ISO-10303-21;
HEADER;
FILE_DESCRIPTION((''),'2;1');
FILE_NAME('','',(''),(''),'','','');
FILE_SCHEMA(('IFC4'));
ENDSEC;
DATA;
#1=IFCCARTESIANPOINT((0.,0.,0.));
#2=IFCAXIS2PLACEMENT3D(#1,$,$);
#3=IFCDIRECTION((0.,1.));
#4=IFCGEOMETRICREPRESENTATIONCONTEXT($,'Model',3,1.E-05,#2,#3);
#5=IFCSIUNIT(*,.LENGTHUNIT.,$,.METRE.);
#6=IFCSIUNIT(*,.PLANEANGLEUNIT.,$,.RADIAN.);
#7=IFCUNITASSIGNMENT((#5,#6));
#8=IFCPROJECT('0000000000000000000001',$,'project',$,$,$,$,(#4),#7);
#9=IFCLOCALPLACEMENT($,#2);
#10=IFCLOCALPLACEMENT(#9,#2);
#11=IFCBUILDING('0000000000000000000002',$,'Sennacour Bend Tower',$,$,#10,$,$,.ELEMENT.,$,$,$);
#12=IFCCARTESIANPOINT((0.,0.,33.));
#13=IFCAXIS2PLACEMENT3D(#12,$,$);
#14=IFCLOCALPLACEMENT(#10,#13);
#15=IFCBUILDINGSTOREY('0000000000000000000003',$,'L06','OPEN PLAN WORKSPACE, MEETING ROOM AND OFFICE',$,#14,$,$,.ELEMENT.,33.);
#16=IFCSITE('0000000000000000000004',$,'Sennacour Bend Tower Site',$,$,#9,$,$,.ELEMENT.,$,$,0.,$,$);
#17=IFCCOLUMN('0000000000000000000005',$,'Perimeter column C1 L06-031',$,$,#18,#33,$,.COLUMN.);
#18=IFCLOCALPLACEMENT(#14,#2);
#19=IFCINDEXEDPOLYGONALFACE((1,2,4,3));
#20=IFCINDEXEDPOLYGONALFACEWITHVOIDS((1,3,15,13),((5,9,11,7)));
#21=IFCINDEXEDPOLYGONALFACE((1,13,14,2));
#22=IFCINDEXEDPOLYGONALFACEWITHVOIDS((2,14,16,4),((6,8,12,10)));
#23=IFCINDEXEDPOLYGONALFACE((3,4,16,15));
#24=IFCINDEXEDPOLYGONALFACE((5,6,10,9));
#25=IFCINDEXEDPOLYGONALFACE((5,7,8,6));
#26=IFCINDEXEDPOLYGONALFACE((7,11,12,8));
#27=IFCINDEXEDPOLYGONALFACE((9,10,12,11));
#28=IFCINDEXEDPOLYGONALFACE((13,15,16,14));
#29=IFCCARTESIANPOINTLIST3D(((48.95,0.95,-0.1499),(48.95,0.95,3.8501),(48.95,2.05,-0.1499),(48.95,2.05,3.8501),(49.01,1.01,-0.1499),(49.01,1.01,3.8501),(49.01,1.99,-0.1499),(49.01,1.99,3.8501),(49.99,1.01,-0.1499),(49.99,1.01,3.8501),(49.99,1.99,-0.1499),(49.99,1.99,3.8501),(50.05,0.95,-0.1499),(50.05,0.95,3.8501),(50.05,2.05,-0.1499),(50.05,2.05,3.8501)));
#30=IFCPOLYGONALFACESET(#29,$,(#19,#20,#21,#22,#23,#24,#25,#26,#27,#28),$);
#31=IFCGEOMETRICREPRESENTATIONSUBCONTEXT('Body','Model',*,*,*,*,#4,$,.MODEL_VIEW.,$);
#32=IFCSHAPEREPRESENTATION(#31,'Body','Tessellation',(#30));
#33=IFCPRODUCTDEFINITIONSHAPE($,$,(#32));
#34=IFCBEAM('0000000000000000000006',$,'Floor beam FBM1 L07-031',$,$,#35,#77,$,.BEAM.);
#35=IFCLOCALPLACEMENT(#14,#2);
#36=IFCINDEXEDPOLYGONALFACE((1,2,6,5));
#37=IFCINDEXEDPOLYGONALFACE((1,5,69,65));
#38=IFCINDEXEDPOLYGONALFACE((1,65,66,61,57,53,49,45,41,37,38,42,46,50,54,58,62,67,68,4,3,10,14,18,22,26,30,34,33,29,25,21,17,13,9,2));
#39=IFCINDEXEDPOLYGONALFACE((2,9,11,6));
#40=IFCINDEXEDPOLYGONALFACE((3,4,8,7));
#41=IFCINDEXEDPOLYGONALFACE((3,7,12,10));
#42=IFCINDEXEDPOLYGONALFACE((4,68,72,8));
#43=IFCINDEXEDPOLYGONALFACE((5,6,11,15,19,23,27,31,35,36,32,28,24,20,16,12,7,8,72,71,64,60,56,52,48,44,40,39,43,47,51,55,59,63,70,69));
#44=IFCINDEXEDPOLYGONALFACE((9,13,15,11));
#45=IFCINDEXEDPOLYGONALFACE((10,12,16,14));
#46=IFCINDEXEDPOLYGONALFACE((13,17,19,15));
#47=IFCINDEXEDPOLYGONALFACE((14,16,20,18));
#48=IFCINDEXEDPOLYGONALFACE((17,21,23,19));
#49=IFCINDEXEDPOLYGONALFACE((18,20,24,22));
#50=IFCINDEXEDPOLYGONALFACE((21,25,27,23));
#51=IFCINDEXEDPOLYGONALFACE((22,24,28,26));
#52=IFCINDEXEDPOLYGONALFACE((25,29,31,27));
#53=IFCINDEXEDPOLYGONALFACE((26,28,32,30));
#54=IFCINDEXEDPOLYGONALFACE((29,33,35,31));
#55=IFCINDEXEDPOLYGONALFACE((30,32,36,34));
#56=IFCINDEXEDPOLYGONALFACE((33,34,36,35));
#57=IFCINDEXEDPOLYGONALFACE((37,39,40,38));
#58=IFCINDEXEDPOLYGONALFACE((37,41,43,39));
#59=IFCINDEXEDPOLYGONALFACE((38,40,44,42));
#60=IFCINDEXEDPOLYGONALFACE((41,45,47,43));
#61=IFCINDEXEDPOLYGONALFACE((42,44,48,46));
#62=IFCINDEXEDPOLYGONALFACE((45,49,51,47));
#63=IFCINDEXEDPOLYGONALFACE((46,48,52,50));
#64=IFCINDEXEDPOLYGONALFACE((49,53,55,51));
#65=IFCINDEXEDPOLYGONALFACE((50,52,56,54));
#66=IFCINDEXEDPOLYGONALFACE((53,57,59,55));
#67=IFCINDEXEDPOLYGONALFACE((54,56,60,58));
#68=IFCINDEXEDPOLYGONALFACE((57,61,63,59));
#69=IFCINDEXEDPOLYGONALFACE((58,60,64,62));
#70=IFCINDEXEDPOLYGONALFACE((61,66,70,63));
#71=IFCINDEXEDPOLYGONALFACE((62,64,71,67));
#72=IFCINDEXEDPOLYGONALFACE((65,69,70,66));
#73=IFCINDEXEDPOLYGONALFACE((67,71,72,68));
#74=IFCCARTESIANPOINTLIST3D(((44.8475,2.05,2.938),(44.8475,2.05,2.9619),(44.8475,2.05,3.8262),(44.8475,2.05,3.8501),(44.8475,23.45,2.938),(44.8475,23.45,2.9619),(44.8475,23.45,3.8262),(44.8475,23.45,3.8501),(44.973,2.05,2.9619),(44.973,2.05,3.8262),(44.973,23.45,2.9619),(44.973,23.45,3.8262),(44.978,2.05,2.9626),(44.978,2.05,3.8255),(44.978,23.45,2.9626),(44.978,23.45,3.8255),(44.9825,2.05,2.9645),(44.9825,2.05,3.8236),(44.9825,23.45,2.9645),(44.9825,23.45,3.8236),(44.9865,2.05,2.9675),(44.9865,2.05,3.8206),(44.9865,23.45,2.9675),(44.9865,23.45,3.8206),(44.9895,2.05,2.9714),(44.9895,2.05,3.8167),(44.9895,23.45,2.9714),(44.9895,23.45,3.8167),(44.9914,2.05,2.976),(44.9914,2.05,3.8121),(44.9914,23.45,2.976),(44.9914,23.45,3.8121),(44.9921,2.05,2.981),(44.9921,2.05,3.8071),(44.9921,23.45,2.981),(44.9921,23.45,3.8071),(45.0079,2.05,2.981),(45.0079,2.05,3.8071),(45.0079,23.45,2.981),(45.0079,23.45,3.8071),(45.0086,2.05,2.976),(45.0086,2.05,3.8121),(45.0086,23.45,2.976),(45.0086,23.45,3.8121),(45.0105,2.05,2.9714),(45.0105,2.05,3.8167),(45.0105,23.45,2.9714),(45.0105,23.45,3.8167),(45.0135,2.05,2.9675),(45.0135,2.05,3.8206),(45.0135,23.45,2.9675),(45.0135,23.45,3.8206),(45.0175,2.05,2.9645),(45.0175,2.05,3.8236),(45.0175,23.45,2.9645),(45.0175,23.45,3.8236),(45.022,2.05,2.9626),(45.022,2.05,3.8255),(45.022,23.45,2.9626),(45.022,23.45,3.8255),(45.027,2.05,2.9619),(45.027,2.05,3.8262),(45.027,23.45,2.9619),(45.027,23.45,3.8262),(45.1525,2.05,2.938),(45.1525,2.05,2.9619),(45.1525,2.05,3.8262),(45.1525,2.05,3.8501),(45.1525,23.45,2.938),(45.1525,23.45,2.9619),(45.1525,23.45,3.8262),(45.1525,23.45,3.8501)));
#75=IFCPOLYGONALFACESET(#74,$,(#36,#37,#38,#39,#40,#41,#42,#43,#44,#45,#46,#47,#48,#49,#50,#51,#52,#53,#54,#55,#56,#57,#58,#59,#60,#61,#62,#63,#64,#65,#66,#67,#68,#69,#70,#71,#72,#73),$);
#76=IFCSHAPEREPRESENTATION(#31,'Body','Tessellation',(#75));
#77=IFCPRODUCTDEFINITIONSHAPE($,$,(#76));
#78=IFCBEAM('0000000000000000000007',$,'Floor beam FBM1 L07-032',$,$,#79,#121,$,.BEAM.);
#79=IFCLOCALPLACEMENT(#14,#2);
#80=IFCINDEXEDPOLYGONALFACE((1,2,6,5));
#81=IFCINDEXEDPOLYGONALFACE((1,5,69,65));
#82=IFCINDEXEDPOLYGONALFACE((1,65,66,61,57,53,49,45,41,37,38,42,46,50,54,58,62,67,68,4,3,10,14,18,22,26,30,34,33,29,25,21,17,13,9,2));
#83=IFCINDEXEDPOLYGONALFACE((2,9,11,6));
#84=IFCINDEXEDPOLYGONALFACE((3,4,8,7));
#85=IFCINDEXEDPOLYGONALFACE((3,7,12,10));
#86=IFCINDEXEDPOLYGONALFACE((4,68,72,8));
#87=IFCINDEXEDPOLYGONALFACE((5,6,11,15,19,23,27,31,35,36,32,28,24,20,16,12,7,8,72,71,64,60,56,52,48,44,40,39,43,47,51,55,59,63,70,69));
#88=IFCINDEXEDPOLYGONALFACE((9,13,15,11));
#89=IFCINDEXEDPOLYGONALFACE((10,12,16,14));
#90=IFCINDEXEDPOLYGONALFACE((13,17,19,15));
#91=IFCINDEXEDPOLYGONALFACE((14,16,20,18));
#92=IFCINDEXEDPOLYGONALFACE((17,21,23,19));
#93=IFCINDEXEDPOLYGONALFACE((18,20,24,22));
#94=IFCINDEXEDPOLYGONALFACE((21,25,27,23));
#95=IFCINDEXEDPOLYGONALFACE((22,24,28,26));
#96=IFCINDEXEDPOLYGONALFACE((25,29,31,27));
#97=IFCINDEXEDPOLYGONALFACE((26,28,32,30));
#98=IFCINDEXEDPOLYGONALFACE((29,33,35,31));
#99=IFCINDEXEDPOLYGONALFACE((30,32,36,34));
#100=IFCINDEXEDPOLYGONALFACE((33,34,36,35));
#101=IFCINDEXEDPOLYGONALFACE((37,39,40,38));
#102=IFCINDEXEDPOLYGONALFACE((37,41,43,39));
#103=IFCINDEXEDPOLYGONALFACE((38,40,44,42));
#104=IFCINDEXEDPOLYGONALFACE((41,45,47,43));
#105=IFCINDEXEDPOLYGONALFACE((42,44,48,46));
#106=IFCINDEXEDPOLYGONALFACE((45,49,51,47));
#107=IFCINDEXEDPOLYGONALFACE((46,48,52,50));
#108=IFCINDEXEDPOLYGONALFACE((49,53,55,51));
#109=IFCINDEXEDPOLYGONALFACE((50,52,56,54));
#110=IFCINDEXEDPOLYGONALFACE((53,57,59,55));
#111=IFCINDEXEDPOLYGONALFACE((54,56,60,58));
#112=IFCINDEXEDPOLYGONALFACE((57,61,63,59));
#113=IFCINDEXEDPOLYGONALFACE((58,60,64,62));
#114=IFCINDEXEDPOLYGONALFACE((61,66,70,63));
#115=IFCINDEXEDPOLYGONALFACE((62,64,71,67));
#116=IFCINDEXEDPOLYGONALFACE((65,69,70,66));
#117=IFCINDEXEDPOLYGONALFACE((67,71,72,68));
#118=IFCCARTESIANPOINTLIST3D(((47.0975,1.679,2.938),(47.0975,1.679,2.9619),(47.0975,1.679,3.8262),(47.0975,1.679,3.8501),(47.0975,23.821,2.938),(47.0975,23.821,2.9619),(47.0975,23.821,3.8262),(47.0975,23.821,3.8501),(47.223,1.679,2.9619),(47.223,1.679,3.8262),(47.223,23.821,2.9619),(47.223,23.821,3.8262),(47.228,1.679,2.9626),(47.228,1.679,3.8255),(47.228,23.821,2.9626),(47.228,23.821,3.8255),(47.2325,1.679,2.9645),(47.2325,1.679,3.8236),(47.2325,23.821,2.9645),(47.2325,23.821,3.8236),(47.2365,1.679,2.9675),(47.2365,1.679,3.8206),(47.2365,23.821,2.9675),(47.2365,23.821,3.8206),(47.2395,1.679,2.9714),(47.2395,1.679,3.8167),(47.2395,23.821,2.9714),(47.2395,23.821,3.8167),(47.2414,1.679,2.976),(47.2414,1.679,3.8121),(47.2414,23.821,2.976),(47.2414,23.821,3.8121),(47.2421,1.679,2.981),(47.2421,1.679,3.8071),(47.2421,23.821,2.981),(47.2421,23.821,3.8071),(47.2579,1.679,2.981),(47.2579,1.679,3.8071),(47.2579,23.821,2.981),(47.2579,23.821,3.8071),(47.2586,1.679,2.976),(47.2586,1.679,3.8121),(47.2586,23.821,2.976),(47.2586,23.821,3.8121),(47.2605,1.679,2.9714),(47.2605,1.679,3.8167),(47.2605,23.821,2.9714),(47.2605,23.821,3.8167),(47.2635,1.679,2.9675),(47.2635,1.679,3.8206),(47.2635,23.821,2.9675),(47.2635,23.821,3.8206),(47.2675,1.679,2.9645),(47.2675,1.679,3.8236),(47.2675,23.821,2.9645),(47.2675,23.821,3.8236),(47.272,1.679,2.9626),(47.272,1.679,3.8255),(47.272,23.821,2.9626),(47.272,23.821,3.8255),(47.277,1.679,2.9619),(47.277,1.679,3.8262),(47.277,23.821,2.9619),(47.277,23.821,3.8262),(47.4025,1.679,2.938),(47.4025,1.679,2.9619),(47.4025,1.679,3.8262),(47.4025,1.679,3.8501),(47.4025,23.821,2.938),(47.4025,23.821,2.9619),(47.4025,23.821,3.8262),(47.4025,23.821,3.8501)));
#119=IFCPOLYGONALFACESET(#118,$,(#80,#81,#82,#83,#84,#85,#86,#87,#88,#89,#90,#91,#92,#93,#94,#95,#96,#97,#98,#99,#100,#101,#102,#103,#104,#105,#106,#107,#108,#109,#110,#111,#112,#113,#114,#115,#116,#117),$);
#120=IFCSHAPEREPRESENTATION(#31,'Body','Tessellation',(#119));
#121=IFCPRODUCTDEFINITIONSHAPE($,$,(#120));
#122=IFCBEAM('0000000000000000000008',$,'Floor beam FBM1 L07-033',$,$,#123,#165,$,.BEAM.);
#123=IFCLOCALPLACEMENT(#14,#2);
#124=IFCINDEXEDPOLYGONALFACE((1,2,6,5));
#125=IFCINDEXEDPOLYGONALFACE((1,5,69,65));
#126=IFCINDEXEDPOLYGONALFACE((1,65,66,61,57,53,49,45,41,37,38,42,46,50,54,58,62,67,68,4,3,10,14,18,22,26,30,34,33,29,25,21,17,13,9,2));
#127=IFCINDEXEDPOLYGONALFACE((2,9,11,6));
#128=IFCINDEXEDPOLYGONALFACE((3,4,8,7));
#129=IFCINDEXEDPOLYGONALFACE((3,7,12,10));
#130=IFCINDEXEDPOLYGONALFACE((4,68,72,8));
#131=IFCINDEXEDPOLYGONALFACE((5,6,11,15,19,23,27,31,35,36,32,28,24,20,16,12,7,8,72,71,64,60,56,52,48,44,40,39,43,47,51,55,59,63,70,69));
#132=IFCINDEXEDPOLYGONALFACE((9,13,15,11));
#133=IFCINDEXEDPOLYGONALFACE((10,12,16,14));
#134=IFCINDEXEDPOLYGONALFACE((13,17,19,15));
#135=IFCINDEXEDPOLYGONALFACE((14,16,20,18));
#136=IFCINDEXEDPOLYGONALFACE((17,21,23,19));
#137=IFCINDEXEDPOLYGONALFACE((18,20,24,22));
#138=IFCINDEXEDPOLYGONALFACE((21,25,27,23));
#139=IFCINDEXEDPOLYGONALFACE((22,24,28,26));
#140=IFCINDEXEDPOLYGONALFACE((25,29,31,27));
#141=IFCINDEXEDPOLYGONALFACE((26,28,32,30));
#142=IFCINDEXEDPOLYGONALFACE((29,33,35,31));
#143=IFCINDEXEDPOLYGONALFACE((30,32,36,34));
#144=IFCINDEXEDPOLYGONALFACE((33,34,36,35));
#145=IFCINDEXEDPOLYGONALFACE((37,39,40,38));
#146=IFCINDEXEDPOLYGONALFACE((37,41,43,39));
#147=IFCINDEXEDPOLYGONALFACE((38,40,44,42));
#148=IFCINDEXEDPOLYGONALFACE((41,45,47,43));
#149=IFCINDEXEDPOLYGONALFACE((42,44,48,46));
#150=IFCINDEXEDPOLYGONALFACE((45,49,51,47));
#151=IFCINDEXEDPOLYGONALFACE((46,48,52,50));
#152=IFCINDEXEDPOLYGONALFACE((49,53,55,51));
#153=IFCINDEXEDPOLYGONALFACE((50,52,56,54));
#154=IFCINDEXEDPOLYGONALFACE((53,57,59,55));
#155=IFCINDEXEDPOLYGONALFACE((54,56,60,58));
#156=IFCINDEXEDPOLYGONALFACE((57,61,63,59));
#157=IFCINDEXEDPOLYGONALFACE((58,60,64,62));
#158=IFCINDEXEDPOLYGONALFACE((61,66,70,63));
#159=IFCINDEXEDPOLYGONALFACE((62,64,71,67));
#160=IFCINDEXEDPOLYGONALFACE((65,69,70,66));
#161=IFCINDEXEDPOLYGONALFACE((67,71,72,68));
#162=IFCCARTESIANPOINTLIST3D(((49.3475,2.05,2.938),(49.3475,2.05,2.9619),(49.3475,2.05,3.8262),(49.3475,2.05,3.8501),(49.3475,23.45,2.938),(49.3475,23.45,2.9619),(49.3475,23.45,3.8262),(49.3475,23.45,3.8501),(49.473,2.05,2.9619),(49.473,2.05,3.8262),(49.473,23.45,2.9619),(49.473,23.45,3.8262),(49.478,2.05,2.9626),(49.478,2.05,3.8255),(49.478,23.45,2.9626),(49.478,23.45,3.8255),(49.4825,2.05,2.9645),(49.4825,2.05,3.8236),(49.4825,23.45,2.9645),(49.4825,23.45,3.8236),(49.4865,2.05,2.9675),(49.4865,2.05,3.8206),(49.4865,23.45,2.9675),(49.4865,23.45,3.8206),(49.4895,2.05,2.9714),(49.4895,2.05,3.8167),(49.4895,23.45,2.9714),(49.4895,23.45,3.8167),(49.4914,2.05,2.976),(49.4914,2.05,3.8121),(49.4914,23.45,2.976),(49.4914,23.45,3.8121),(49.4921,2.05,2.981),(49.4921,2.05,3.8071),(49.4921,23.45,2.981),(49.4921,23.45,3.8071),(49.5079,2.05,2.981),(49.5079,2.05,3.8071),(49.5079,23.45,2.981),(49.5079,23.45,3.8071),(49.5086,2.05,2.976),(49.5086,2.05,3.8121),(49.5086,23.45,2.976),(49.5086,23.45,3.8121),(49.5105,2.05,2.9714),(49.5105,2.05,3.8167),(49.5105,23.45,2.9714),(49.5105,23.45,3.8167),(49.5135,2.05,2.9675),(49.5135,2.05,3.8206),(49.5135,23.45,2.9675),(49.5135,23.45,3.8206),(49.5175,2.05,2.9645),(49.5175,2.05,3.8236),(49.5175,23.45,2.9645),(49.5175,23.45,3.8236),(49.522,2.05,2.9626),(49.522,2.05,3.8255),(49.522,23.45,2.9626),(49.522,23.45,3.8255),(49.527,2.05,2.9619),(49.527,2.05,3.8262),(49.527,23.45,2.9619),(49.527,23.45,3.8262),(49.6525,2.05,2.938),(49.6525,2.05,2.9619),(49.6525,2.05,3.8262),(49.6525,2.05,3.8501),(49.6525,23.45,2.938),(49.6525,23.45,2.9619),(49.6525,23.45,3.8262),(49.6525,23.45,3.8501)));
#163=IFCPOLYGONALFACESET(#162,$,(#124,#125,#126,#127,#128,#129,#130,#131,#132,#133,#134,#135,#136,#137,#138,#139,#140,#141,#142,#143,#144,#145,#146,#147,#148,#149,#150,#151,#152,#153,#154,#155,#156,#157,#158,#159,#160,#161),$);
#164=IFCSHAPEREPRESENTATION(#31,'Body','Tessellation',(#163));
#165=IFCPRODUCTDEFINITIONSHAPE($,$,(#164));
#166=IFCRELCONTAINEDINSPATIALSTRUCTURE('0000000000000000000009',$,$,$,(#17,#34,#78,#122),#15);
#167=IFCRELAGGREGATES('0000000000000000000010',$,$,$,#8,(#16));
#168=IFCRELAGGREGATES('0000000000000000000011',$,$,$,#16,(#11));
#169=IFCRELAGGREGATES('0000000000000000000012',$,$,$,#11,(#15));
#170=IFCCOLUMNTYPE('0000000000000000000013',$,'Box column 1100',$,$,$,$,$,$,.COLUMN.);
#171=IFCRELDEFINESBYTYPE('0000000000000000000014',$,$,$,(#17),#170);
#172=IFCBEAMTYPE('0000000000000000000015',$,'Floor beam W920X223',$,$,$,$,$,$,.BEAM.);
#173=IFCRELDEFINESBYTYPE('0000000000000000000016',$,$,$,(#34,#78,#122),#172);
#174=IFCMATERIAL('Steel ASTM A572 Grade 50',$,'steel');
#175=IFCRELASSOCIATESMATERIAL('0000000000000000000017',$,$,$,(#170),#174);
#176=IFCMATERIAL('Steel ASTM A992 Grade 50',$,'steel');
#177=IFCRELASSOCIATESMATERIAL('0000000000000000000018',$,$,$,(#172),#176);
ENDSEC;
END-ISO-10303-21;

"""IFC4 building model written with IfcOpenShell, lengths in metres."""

from ifc_helpers import new_model, si_unit, direction, frame, origin, origin_2d, place, context, subcontext, project, spatial, hollow_rectangle, i_section, extrude, material, material_profile, profile_set, type_object, element, save


model = new_model("IFC4")

# Units and contexts
model_context = context("Model", 3, precision=1e-05, world=origin(), true_north=direction((0.0, 1.0)))
body_context = subcontext(model_context, "Body", "Model", "MODEL_VIEW")
ifc_project = project(units=[si_unit("LENGTHUNIT", "METRE"), si_unit("PLANEANGLEUNIT", "RADIAN")], contexts=[model_context])

# Site, building, storey
site_placement = place(None, origin())
site = spatial("IfcSite", under=ifc_project, at=site_placement, Name="Sennacour Bend Tower Site", CompositionType="ELEMENT", RefElevation=0.0)
building_placement = place(site_placement, origin())
building = spatial("IfcBuilding", under=site, at=building_placement, Name="Sennacour Bend Tower", CompositionType="ELEMENT")
storey_placement = place(building_placement, frame((0.0, 0.0, 33.0)))
storey = spatial("IfcBuildingStorey", under=building, at=storey_placement, Name="L06", Description="OPEN PLAN WORKSPACE, MEETING ROOM AND OFFICE", CompositionType="ELEMENT", Elevation=33.0)

# Column
ifc_material_1 = material(Name="Steel ASTM A572 Grade 50", Category="steel")
ifc_material_profile_1 = material_profile(ifc_material_1, hollow_rectangle(XDim=1.1001, YDim=1.1001, WallThickness=0.0601, at=origin_2d()), Name="Steel ASTM A572 Grade 50", Category="steel")
ifc_profile_set_1 = profile_set([ifc_material_profile_1], Name="Steel ASTM A572 Grade 50")
column_type = type_object("IfcColumnType", Name="Box column 1100", PredefinedType="COLUMN", material=ifc_profile_set_1)
column_placement = place(storey_placement, frame((49.5, 1.5, -0.1499), z_axis=(0.0, 0.0, 1.0), x_axis=(1.0, 0.0, 0.0)))
element("IfcColumn", 1, at=column_placement, inside=storey, type_object=column_type, Name="Perimeter column C1 L06-031", PredefinedType="COLUMN", context=body_context, shape_type="SweptSolid", body=[
    extrude(hollow_rectangle(XDim=1.1001, YDim=1.1001, WallThickness=0.0601, at=origin_2d()), origin(), (0.0, 0.0, 1.0), 4.0),
])

# Beams
ifc_material_2 = material(Name="Steel ASTM A992 Grade 50", Category="steel")
ifc_material_profile_2 = material_profile(ifc_material_2, i_section(OverallWidth=0.3049, OverallDepth=0.9121, WebThickness=0.0159, FlangeThickness=0.0239, FilletRadius=0.019, at=origin_2d()), Name="Steel ASTM A992 Grade 50", Category="steel")
ifc_profile_set_2 = profile_set([ifc_material_profile_2], Name="Steel ASTM A992 Grade 50")
beam_type_1 = type_object("IfcBeamType", Name="Floor beam W920X223", PredefinedType="BEAM", material=ifc_profile_set_2)
beam_1_placement = place(storey_placement, frame((45.0, 2.05, 3.394), z_axis=(0.0, 1.0, 0.0), x_axis=(-1.0, 0.0, 0.0)))
element("IfcBeam", 2, at=beam_1_placement, inside=storey, type_object=beam_type_1, Name="Floor beam FBM1 L07-031", PredefinedType="BEAM", context=body_context, shape_type="SweptSolid", body=[
    extrude(i_section(OverallWidth=0.3049, OverallDepth=0.9121, WebThickness=0.0159, FlangeThickness=0.0239, FilletRadius=0.019, at=origin_2d()), origin(), (0.0, 0.0, 1.0), 21.3999),
])
beam_2_placement = place(storey_placement, frame((47.25, 1.679, 3.394), z_axis=(0.0, 1.0, 0.0), x_axis=(-1.0, 0.0, 0.0)))
element("IfcBeam", 3, at=beam_2_placement, inside=storey, type_object=beam_type_1, Name="Floor beam FBM1 L07-032", PredefinedType="BEAM", context=body_context, shape_type="SweptSolid", body=[
    extrude(i_section(OverallWidth=0.3049, OverallDepth=0.9121, WebThickness=0.0159, FlangeThickness=0.0239, FilletRadius=0.019, at=origin_2d()), origin(), (0.0, 0.0, 1.0), 22.1421),
])
beam_3_placement = place(storey_placement, frame((49.5, 2.05, 3.394), z_axis=(0.0, 1.0, 0.0), x_axis=(-1.0, 0.0, 0.0)))
element("IfcBeam", 4, at=beam_3_placement, inside=storey, type_object=beam_type_1, Name="Floor beam FBM1 L07-033", PredefinedType="BEAM", context=body_context, shape_type="SweptSolid", body=[
    extrude(i_section(OverallWidth=0.3049, OverallDepth=0.9121, WebThickness=0.0159, FlangeThickness=0.0239, FilletRadius=0.019, at=origin_2d()), origin(), (0.0, 0.0, 1.0), 21.3999),
])

save(model, "model.ifc")
